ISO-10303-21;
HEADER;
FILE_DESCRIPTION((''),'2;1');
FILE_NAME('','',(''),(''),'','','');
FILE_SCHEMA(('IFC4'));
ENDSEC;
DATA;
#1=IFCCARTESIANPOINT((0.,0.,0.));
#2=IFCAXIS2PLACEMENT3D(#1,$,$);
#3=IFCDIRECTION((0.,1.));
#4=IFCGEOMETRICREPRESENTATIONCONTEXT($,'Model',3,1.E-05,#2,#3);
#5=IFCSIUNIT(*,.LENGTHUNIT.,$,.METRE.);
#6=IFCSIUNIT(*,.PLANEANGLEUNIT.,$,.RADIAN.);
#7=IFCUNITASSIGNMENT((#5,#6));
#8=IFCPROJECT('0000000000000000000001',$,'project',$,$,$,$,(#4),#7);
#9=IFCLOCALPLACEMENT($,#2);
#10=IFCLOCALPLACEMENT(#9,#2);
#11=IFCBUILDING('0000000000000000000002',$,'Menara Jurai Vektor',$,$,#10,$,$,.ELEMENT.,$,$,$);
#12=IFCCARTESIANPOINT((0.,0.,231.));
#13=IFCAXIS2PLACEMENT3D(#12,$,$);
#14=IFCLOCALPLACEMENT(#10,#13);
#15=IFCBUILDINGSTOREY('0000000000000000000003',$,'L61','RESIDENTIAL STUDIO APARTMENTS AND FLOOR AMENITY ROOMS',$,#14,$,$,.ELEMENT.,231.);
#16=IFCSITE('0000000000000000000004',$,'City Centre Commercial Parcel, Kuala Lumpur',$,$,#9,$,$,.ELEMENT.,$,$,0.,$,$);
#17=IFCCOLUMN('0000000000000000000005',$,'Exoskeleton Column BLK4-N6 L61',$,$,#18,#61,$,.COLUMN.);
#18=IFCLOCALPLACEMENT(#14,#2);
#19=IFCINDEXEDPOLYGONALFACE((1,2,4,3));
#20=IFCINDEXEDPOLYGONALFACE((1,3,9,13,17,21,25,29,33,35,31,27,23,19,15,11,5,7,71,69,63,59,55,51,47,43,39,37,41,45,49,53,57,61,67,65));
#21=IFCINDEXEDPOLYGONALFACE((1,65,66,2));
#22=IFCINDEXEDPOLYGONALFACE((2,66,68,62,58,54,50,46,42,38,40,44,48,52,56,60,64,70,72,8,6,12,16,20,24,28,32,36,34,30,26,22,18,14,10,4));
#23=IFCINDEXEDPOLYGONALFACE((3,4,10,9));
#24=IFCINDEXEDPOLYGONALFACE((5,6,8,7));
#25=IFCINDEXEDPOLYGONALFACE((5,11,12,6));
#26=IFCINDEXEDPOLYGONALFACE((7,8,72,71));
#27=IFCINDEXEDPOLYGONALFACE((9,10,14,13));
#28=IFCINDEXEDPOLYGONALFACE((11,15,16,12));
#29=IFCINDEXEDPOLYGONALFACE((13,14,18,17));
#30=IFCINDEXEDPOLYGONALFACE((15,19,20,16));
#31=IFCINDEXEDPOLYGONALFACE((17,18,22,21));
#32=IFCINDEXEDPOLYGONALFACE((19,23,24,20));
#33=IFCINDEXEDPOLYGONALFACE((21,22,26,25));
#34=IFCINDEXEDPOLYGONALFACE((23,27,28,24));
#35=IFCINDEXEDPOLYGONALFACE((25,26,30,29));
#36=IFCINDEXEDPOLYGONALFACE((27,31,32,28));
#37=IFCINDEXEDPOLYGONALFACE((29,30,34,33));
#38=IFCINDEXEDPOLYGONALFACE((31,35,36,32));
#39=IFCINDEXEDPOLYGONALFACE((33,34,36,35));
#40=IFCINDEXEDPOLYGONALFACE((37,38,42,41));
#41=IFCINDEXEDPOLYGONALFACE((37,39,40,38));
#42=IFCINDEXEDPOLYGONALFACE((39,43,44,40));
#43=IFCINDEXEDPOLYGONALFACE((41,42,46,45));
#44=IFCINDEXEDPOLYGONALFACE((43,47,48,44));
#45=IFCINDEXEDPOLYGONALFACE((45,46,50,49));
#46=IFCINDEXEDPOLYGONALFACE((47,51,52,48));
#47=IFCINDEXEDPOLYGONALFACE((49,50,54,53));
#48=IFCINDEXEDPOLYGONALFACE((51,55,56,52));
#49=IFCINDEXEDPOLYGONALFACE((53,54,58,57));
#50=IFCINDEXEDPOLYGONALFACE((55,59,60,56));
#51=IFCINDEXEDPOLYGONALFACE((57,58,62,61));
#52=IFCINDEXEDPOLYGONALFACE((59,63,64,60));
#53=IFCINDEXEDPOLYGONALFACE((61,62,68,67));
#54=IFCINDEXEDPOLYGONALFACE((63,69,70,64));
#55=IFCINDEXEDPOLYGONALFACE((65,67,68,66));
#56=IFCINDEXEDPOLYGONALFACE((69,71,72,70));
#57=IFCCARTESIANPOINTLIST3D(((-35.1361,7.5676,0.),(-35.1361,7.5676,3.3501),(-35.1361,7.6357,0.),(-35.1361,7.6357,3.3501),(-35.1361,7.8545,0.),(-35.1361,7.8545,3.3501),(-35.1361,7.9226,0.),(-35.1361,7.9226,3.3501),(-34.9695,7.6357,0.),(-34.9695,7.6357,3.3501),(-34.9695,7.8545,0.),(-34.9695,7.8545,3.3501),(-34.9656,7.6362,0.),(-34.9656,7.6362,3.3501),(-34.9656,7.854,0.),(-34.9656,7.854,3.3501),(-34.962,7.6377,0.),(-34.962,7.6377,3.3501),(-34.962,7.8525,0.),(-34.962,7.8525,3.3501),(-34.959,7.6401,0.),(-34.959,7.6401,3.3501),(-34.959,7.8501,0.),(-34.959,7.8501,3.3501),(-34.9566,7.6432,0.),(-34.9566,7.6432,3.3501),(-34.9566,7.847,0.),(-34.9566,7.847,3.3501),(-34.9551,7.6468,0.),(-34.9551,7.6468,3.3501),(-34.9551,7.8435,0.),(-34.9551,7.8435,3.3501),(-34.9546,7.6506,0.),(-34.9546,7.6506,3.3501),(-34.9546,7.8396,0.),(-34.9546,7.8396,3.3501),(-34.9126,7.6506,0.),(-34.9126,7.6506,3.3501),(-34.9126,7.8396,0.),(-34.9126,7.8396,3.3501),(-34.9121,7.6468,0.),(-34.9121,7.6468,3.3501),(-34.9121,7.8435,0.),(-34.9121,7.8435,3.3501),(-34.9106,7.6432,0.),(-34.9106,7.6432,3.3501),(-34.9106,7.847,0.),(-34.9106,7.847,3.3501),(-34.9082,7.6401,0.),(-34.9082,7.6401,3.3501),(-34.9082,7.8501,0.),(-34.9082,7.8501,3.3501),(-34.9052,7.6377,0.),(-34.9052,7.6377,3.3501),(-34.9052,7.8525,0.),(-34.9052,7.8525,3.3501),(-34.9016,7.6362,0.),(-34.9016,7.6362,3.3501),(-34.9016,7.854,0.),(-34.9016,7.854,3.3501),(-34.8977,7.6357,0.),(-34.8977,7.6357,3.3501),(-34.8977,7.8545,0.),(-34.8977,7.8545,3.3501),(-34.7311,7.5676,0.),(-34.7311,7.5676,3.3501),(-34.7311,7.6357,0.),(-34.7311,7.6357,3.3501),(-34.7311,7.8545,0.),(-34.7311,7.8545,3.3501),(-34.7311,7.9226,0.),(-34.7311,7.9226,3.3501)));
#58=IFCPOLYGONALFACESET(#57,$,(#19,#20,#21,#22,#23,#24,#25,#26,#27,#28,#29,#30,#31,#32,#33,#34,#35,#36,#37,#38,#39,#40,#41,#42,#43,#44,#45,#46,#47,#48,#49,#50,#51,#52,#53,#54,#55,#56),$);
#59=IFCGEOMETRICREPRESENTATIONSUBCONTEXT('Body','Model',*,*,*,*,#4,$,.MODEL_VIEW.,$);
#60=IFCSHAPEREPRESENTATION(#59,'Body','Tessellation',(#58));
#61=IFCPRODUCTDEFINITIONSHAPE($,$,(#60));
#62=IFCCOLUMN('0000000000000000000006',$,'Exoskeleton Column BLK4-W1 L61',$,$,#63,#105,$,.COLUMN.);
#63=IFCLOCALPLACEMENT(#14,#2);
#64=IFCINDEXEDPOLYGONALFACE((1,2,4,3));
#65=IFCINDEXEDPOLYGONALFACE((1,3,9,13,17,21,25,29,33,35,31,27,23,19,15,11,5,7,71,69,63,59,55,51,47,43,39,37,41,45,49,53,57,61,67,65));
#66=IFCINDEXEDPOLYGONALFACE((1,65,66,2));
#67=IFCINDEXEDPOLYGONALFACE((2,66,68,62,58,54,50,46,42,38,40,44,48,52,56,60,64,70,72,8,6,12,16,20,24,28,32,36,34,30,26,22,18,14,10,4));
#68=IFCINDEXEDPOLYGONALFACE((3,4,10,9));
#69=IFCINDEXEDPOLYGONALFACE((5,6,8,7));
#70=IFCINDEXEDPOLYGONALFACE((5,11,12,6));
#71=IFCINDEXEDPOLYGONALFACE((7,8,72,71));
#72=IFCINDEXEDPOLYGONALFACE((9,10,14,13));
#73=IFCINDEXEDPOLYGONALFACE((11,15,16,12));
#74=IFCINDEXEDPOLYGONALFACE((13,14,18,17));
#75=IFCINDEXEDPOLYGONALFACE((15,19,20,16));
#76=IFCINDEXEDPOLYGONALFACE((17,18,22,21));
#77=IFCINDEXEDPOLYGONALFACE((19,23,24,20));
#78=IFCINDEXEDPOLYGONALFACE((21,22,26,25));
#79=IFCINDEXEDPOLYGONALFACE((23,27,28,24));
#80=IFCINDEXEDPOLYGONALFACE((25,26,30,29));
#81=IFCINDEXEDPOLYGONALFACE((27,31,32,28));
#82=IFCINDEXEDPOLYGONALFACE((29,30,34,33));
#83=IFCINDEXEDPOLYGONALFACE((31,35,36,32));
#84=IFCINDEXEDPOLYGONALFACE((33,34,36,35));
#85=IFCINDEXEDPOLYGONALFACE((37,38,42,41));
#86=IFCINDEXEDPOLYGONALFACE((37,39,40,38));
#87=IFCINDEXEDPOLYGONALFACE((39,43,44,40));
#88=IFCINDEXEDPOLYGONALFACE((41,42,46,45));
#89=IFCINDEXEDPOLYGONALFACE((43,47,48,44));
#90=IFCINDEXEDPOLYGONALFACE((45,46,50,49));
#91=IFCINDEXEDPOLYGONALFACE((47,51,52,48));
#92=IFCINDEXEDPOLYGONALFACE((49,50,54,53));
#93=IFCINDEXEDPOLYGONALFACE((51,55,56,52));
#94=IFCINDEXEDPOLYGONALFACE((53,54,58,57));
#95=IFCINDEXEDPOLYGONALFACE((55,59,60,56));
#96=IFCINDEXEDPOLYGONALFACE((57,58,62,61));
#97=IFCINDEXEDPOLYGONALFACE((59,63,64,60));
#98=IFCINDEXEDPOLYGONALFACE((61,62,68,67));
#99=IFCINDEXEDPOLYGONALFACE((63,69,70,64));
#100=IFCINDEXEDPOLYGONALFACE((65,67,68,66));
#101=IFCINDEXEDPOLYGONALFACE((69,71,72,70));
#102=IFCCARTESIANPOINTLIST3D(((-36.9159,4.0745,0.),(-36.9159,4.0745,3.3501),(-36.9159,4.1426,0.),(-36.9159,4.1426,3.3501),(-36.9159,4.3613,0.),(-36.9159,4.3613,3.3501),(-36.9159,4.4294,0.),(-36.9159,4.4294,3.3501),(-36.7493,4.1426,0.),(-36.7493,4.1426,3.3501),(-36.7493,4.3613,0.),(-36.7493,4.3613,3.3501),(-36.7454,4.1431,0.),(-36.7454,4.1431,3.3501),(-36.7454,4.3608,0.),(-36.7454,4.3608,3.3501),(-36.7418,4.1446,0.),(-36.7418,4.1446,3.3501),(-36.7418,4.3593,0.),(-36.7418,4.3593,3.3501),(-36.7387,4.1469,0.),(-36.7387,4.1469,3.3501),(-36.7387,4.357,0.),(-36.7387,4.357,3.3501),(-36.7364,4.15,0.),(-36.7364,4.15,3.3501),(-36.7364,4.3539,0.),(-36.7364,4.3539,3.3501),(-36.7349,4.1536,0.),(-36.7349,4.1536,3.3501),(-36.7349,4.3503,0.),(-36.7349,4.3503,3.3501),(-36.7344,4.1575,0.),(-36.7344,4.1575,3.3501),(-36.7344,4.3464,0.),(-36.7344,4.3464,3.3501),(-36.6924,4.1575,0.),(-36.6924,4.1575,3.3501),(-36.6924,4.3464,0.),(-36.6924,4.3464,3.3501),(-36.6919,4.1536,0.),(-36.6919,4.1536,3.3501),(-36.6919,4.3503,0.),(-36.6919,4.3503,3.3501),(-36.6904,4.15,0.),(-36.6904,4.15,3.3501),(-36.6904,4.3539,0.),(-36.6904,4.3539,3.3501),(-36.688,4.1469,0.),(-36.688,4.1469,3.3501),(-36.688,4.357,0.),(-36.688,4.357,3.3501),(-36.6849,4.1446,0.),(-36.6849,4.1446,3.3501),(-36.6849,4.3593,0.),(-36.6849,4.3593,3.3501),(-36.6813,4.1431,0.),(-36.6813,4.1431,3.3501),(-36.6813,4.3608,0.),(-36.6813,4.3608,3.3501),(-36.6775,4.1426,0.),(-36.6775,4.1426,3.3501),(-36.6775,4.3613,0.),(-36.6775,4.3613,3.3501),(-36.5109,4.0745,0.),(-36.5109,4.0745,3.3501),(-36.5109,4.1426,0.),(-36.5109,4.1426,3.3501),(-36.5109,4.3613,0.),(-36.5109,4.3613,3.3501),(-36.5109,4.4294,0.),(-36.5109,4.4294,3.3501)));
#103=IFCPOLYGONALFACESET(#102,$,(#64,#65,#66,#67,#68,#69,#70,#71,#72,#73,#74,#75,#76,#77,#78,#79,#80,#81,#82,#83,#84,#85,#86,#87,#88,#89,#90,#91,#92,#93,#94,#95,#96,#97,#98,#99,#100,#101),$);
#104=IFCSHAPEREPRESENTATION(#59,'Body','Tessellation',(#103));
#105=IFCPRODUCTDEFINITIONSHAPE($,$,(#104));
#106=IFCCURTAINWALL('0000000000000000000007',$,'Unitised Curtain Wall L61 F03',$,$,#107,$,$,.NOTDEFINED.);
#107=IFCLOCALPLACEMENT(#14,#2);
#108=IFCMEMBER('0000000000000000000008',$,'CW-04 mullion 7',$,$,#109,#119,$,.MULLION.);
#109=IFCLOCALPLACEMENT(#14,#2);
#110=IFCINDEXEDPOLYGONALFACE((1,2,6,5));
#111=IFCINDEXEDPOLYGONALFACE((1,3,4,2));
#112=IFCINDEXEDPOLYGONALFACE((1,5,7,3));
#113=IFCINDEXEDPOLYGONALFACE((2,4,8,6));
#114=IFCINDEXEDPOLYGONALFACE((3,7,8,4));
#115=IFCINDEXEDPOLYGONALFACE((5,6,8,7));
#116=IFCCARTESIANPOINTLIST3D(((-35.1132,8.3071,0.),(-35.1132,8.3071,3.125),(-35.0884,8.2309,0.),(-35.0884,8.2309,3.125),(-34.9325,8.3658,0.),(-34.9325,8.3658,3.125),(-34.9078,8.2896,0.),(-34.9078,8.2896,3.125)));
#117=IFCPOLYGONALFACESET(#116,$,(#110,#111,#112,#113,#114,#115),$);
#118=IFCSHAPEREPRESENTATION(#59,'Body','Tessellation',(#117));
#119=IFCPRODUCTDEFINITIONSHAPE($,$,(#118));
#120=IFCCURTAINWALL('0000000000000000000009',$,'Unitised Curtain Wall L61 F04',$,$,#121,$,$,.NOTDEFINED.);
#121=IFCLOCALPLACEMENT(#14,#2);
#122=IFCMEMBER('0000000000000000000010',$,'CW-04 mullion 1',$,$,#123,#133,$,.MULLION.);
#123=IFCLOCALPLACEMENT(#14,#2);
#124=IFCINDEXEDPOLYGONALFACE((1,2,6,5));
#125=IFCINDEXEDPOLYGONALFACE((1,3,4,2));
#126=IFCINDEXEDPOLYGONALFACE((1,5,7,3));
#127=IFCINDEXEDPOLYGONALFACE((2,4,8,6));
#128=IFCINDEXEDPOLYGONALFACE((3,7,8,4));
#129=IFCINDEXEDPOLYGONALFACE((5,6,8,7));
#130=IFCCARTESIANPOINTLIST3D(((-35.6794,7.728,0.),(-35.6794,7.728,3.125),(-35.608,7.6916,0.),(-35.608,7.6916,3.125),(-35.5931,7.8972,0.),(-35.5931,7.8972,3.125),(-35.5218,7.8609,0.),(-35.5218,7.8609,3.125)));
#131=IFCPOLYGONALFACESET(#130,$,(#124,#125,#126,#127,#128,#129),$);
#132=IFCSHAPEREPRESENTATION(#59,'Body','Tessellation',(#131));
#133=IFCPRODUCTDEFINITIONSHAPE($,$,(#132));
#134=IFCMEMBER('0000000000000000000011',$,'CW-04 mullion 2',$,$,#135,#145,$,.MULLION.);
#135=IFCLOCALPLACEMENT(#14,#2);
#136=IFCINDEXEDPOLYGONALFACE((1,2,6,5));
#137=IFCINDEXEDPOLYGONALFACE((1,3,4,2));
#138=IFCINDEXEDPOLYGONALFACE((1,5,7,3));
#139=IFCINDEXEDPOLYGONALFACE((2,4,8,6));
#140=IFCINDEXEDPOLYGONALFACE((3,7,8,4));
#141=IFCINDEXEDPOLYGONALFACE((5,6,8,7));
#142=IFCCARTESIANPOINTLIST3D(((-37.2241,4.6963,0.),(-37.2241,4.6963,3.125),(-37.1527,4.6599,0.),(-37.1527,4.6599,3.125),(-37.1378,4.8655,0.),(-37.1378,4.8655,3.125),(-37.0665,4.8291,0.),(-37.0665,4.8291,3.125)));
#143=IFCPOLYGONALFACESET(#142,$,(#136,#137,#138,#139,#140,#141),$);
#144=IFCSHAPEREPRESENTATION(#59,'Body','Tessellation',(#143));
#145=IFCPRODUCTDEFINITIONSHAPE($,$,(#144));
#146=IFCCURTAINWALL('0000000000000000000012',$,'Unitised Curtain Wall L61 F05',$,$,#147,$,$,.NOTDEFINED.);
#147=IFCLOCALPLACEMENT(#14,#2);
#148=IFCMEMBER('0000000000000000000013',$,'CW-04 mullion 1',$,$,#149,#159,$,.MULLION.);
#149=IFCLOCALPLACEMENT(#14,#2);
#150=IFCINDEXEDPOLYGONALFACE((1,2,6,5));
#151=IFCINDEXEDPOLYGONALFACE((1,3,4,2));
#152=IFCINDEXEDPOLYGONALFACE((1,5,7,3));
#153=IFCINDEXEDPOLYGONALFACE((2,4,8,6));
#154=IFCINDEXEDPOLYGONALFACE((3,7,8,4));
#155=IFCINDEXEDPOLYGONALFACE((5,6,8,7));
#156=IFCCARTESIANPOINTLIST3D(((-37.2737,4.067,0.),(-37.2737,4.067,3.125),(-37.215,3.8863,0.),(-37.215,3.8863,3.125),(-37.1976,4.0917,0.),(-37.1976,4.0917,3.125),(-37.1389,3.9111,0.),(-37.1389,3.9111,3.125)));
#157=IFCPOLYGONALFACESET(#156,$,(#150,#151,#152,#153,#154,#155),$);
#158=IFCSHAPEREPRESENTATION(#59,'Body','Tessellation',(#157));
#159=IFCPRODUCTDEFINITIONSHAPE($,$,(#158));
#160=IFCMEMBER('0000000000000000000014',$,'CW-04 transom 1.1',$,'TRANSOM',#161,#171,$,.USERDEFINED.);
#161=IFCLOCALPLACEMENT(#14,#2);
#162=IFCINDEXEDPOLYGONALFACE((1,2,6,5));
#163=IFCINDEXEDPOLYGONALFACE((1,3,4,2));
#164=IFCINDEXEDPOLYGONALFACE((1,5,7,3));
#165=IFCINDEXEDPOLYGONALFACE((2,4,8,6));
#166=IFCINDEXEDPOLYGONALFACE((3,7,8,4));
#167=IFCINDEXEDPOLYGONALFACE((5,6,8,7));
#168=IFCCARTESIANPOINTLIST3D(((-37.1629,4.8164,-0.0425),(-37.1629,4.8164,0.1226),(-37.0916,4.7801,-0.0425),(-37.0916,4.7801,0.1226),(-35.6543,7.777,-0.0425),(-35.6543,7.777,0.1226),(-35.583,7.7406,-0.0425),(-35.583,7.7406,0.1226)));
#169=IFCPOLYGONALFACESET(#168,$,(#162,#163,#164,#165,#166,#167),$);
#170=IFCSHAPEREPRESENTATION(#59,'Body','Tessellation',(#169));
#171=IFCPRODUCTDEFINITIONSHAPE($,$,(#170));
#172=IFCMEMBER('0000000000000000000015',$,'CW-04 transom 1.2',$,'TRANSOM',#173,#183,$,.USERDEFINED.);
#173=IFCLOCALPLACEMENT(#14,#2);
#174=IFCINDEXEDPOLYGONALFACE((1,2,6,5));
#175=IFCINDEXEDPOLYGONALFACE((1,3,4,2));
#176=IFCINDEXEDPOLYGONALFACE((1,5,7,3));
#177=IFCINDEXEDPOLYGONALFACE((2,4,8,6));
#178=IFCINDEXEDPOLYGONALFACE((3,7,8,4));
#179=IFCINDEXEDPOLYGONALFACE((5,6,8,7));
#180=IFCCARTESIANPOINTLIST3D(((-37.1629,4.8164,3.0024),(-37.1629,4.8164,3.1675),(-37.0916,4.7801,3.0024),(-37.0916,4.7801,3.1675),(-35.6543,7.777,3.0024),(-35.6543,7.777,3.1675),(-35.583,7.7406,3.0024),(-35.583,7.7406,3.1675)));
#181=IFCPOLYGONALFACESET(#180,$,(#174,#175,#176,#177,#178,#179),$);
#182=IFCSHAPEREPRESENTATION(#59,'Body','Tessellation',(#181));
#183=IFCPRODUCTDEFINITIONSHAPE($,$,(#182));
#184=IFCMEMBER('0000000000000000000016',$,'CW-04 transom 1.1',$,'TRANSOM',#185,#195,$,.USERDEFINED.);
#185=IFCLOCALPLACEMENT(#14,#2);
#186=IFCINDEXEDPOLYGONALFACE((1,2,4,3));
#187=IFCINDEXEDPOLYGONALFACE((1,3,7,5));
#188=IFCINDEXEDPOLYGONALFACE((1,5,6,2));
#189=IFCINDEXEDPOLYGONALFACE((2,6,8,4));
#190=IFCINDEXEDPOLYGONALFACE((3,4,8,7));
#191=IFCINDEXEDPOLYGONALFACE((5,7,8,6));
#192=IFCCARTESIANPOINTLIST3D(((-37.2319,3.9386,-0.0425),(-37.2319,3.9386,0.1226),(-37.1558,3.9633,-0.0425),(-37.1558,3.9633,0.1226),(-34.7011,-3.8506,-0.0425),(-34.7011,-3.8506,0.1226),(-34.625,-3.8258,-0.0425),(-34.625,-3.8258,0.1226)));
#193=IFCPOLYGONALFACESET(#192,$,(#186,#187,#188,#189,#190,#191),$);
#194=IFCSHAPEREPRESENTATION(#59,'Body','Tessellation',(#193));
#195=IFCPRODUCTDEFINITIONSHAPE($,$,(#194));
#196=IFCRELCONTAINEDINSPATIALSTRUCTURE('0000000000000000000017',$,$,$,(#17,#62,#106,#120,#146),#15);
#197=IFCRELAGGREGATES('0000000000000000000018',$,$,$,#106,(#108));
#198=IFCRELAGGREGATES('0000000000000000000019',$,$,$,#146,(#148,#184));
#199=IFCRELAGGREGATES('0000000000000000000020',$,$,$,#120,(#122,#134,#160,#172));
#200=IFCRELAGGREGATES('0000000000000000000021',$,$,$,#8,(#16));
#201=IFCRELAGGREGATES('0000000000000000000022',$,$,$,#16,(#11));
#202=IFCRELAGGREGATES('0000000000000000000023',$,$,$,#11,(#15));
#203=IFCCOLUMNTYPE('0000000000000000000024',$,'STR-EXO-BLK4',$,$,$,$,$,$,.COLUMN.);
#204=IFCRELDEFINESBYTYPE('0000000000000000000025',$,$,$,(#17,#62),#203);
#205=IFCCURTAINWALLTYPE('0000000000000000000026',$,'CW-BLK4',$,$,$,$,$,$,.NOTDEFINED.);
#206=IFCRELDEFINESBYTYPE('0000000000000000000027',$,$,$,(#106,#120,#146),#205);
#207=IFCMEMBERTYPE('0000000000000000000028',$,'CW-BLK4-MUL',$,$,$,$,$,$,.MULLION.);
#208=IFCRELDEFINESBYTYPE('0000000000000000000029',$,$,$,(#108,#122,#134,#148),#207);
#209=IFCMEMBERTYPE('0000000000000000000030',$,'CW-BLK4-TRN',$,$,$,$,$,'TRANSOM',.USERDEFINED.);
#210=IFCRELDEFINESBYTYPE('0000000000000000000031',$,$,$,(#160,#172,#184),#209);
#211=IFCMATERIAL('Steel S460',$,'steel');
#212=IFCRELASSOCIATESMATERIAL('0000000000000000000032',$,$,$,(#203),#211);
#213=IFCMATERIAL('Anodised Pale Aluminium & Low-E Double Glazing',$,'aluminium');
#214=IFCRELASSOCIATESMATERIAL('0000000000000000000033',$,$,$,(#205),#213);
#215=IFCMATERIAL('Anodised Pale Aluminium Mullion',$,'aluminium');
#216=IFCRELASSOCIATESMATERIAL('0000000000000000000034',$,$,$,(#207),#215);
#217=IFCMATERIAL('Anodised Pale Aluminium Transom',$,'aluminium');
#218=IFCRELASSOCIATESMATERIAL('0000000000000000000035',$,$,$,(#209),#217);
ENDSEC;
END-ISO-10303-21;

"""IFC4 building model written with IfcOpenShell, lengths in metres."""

from ifc_helpers import new_model, si_unit, direction, frame, origin, origin_2d, place, context, subcontext, project, spatial, rectangle, i_section, extrude, material, material_profile, profile_set, type_object, element, aggregate, save


model = new_model("IFC4")

# Units and contexts
model_context = context("Model", 3, precision=1e-05, world=origin(), true_north=direction((0.0, 1.0)))
body_context = subcontext(model_context, "Body", "Model", "MODEL_VIEW")
ifc_project = project(units=[si_unit("LENGTHUNIT", "METRE"), si_unit("PLANEANGLEUNIT", "RADIAN")], contexts=[model_context])

# Site, building, storey
site_placement = place(None, origin())
site = spatial("IfcSite", under=ifc_project, at=site_placement, Name="City Centre Commercial Parcel, Kuala Lumpur", CompositionType="ELEMENT", RefElevation=0.0)
building_placement = place(site_placement, origin())
building = spatial("IfcBuilding", under=site, at=building_placement, Name="Menara Jurai Vektor", CompositionType="ELEMENT")
storey_placement = place(building_placement, frame((0.0, 0.0, 231.0)))
storey = spatial("IfcBuildingStorey", under=building, at=storey_placement, Name="L61", Description="RESIDENTIAL STUDIO APARTMENTS AND FLOOR AMENITY ROOMS", CompositionType="ELEMENT", Elevation=231.0)

# Columns
ifc_material_1 = material(Name="Steel S460", Category="steel")
ifc_material_profile_1 = material_profile(ifc_material_1, i_section(OverallWidth=0.405, OverallDepth=0.355, WebThickness=0.042, FlangeThickness=0.0681, FilletRadius=0.0149, at=origin_2d()), Name="HD 400x551")
ifc_profile_set_1 = profile_set([ifc_material_profile_1], Name="Steel S460")
column_type = type_object("IfcColumnType", Name="STR-EXO-BLK4", PredefinedType="COLUMN", material=ifc_profile_set_1)
for number, where, z_axis, x_axis, name in (
    (1, (-34.9336, 7.7451, 0.0), (0.0, 0.0, 1.0), (1.0, 0.0, 0.0), "Exoskeleton Column BLK4-N6 L61"),
    (2, (-36.7134, 4.252, 0.0), (0.0, 0.0, 1.0), (1.0, 0.0, 0.0), "Exoskeleton Column BLK4-W1 L61"),
):
    element("IfcColumn", number, at=place(storey_placement, frame(where, z_axis=z_axis, x_axis=x_axis)), inside=storey, type_object=column_type, Name=name, PredefinedType="COLUMN", context=body_context, shape_type="SweptSolid", body=[
        extrude(i_section(OverallWidth=0.405, OverallDepth=0.355, WebThickness=0.042, FlangeThickness=0.0681, FilletRadius=0.0149, at=origin_2d()), origin(), (0.0, 0.0, 1.0), 3.3501),
    ])

# Curtain wall, member
ifc_material_2 = material(Name="Anodised Pale Aluminium & Low-E Double Glazing", Category="aluminium")
curtain_wall_type = type_object("IfcCurtainWallType", Name="CW-BLK4", PredefinedType="NOTDEFINED", material=ifc_material_2)
curtain_wall_1_placement = place(storey_placement, origin())
curtain_wall_1 = element("IfcCurtainWall", 3, at=curtain_wall_1_placement, inside=storey, type_object=curtain_wall_type, Name="Unitised Curtain Wall L61 F03", PredefinedType="NOTDEFINED")
ifc_material_3 = material(Name="Anodised Pale Aluminium Mullion", Category="aluminium")
ifc_material_profile_2 = material_profile(ifc_material_3, rectangle(XDim=0.0801, YDim=0.1899, at=origin_2d()), Name="ALU MUL 80x190")
ifc_profile_set_2 = profile_set([ifc_material_profile_2], Name="Anodised Pale Aluminium Mullion")
member_type_1 = type_object("IfcMemberType", Name="CW-BLK4-MUL", PredefinedType="MULLION", material=ifc_profile_set_2)
member_1_placement = place(storey_placement, frame((-35.0105, 8.2983, 0.0), z_axis=(0.0, 0.0, 1.0), x_axis=(0.309017, -0.951056, 0.0)))
member_1 = element("IfcMember", 4, at=member_1_placement, type_object=member_type_1, Name="CW-04 mullion 7", PredefinedType="MULLION", context=body_context, shape_type="SweptSolid", body=[
    extrude(rectangle(XDim=0.0801, YDim=0.1899, at=origin_2d()), origin(), (0.0, 0.0, 1.0), 3.125),
])
aggregate(curtain_wall_1, [member_1])

# Curtain wall, members
curtain_wall_2_placement = place(storey_placement, origin())
curtain_wall_2 = element("IfcCurtainWall", 5, at=curtain_wall_2_placement, inside=storey, type_object=curtain_wall_type, Name="Unitised Curtain Wall L61 F04", PredefinedType="NOTDEFINED")
member_2_placement = place(storey_placement, frame((-35.6006, 7.7944, 0.0), z_axis=(0.0, 0.0, 1.0), x_axis=(0.891008, -0.453989, 0.0)))
member_2 = element("IfcMember", 6, at=member_2_placement, type_object=member_type_1, Name="CW-04 mullion 1", PredefinedType="MULLION", context=body_context, shape_type="SweptSolid", body=[
    extrude(rectangle(XDim=0.0801, YDim=0.1899, at=origin_2d()), origin(), (0.0, 0.0, 1.0), 3.125),
])
member_3_placement = place(storey_placement, frame((-37.1453, 4.7627, 0.0), z_axis=(0.0, 0.0, 1.0), x_axis=(0.891008, -0.453989, 0.0)))
member_3 = element("IfcMember", 7, at=member_3_placement, type_object=member_type_1, Name="CW-04 mullion 2", PredefinedType="MULLION", context=body_context, shape_type="SweptSolid", body=[
    extrude(rectangle(XDim=0.0801, YDim=0.1899, at=origin_2d()), origin(), (0.0, 0.0, 1.0), 3.125),
])

# Curtain wall, member
curtain_wall_3_placement = place(storey_placement, origin())
curtain_wall_3 = element("IfcCurtainWall", 8, at=curtain_wall_3_placement, inside=storey, type_object=curtain_wall_type, Name="Unitised Curtain Wall L61 F05", PredefinedType="NOTDEFINED")
member_4_placement = place(storey_placement, frame((-37.2063, 3.989, 0.0), z_axis=(0.0, 0.0, 1.0), x_axis=(0.951057, 0.309016, 0.0)))
member_4 = element("IfcMember", 9, at=member_4_placement, type_object=member_type_1, Name="CW-04 mullion 1", PredefinedType="MULLION", context=body_context, shape_type="SweptSolid", body=[
    extrude(rectangle(XDim=0.0801, YDim=0.1899, at=origin_2d()), origin(), (0.0, 0.0, 1.0), 3.125),
])

# Members
ifc_material_4 = material(Name="Anodised Pale Aluminium Transom", Category="aluminium")
ifc_material_profile_3 = material_profile(ifc_material_4, rectangle(XDim=0.0801, YDim=0.165, at=origin_2d()), Name="ALU TRN 80x165")
ifc_profile_set_3 = profile_set([ifc_material_profile_3], Name="Anodised Pale Aluminium Transom")
member_type_2 = type_object("IfcMemberType", Name="CW-BLK4-TRN", ElementType="TRANSOM", PredefinedType="USERDEFINED", material=ifc_profile_set_3)
member_5_placement = place(storey_placement, frame((-35.6187, 7.7588, 0.04), z_axis=(-0.454019, -0.890992, 0.0), x_axis=(0.890992, -0.454019, 0.0)))
member_5 = element("IfcMember", 10, at=member_5_placement, type_object=member_type_2, Name="CW-04 transom 1.1", ObjectType="TRANSOM", PredefinedType="USERDEFINED", context=body_context, shape_type="SweptSolid", body=[
    extrude(rectangle(XDim=0.0801, YDim=0.165, at=origin_2d()), origin(), (0.0, 0.0, 1.0), 3.3228),
])
member_6_placement = place(storey_placement, frame((-35.6187, 7.7588, 3.085), z_axis=(-0.454019, -0.890992, 0.0), x_axis=(0.890992, -0.454019, 0.0)))
member_6 = element("IfcMember", 11, at=member_6_placement, type_object=member_type_2, Name="CW-04 transom 1.2", ObjectType="TRANSOM", PredefinedType="USERDEFINED", context=body_context, shape_type="SweptSolid", body=[
    extrude(rectangle(XDim=0.0801, YDim=0.165, at=origin_2d()), origin(), (0.0, 0.0, 1.0), 3.3228),
])
member_7_placement = place(storey_placement, frame((-37.1938, 3.9509, 0.04), z_axis=(0.309011, -0.951059, 0.0), x_axis=(0.951059, 0.309011, 0.0)))
member_7 = element("IfcMember", 12, at=member_7_placement, type_object=member_type_2, Name="CW-04 transom 1.1", ObjectType="TRANSOM", PredefinedType="USERDEFINED", context=body_context, shape_type="SweptSolid", body=[
    extrude(rectangle(XDim=0.0801, YDim=0.165, at=origin_2d()), origin(), (0.0, 0.0, 1.0), 8.1899),
])

aggregate(curtain_wall_3, [member_4, member_7])
aggregate(curtain_wall_2, [member_2, member_3, member_5, member_6])

save(model, "model.ifc")
